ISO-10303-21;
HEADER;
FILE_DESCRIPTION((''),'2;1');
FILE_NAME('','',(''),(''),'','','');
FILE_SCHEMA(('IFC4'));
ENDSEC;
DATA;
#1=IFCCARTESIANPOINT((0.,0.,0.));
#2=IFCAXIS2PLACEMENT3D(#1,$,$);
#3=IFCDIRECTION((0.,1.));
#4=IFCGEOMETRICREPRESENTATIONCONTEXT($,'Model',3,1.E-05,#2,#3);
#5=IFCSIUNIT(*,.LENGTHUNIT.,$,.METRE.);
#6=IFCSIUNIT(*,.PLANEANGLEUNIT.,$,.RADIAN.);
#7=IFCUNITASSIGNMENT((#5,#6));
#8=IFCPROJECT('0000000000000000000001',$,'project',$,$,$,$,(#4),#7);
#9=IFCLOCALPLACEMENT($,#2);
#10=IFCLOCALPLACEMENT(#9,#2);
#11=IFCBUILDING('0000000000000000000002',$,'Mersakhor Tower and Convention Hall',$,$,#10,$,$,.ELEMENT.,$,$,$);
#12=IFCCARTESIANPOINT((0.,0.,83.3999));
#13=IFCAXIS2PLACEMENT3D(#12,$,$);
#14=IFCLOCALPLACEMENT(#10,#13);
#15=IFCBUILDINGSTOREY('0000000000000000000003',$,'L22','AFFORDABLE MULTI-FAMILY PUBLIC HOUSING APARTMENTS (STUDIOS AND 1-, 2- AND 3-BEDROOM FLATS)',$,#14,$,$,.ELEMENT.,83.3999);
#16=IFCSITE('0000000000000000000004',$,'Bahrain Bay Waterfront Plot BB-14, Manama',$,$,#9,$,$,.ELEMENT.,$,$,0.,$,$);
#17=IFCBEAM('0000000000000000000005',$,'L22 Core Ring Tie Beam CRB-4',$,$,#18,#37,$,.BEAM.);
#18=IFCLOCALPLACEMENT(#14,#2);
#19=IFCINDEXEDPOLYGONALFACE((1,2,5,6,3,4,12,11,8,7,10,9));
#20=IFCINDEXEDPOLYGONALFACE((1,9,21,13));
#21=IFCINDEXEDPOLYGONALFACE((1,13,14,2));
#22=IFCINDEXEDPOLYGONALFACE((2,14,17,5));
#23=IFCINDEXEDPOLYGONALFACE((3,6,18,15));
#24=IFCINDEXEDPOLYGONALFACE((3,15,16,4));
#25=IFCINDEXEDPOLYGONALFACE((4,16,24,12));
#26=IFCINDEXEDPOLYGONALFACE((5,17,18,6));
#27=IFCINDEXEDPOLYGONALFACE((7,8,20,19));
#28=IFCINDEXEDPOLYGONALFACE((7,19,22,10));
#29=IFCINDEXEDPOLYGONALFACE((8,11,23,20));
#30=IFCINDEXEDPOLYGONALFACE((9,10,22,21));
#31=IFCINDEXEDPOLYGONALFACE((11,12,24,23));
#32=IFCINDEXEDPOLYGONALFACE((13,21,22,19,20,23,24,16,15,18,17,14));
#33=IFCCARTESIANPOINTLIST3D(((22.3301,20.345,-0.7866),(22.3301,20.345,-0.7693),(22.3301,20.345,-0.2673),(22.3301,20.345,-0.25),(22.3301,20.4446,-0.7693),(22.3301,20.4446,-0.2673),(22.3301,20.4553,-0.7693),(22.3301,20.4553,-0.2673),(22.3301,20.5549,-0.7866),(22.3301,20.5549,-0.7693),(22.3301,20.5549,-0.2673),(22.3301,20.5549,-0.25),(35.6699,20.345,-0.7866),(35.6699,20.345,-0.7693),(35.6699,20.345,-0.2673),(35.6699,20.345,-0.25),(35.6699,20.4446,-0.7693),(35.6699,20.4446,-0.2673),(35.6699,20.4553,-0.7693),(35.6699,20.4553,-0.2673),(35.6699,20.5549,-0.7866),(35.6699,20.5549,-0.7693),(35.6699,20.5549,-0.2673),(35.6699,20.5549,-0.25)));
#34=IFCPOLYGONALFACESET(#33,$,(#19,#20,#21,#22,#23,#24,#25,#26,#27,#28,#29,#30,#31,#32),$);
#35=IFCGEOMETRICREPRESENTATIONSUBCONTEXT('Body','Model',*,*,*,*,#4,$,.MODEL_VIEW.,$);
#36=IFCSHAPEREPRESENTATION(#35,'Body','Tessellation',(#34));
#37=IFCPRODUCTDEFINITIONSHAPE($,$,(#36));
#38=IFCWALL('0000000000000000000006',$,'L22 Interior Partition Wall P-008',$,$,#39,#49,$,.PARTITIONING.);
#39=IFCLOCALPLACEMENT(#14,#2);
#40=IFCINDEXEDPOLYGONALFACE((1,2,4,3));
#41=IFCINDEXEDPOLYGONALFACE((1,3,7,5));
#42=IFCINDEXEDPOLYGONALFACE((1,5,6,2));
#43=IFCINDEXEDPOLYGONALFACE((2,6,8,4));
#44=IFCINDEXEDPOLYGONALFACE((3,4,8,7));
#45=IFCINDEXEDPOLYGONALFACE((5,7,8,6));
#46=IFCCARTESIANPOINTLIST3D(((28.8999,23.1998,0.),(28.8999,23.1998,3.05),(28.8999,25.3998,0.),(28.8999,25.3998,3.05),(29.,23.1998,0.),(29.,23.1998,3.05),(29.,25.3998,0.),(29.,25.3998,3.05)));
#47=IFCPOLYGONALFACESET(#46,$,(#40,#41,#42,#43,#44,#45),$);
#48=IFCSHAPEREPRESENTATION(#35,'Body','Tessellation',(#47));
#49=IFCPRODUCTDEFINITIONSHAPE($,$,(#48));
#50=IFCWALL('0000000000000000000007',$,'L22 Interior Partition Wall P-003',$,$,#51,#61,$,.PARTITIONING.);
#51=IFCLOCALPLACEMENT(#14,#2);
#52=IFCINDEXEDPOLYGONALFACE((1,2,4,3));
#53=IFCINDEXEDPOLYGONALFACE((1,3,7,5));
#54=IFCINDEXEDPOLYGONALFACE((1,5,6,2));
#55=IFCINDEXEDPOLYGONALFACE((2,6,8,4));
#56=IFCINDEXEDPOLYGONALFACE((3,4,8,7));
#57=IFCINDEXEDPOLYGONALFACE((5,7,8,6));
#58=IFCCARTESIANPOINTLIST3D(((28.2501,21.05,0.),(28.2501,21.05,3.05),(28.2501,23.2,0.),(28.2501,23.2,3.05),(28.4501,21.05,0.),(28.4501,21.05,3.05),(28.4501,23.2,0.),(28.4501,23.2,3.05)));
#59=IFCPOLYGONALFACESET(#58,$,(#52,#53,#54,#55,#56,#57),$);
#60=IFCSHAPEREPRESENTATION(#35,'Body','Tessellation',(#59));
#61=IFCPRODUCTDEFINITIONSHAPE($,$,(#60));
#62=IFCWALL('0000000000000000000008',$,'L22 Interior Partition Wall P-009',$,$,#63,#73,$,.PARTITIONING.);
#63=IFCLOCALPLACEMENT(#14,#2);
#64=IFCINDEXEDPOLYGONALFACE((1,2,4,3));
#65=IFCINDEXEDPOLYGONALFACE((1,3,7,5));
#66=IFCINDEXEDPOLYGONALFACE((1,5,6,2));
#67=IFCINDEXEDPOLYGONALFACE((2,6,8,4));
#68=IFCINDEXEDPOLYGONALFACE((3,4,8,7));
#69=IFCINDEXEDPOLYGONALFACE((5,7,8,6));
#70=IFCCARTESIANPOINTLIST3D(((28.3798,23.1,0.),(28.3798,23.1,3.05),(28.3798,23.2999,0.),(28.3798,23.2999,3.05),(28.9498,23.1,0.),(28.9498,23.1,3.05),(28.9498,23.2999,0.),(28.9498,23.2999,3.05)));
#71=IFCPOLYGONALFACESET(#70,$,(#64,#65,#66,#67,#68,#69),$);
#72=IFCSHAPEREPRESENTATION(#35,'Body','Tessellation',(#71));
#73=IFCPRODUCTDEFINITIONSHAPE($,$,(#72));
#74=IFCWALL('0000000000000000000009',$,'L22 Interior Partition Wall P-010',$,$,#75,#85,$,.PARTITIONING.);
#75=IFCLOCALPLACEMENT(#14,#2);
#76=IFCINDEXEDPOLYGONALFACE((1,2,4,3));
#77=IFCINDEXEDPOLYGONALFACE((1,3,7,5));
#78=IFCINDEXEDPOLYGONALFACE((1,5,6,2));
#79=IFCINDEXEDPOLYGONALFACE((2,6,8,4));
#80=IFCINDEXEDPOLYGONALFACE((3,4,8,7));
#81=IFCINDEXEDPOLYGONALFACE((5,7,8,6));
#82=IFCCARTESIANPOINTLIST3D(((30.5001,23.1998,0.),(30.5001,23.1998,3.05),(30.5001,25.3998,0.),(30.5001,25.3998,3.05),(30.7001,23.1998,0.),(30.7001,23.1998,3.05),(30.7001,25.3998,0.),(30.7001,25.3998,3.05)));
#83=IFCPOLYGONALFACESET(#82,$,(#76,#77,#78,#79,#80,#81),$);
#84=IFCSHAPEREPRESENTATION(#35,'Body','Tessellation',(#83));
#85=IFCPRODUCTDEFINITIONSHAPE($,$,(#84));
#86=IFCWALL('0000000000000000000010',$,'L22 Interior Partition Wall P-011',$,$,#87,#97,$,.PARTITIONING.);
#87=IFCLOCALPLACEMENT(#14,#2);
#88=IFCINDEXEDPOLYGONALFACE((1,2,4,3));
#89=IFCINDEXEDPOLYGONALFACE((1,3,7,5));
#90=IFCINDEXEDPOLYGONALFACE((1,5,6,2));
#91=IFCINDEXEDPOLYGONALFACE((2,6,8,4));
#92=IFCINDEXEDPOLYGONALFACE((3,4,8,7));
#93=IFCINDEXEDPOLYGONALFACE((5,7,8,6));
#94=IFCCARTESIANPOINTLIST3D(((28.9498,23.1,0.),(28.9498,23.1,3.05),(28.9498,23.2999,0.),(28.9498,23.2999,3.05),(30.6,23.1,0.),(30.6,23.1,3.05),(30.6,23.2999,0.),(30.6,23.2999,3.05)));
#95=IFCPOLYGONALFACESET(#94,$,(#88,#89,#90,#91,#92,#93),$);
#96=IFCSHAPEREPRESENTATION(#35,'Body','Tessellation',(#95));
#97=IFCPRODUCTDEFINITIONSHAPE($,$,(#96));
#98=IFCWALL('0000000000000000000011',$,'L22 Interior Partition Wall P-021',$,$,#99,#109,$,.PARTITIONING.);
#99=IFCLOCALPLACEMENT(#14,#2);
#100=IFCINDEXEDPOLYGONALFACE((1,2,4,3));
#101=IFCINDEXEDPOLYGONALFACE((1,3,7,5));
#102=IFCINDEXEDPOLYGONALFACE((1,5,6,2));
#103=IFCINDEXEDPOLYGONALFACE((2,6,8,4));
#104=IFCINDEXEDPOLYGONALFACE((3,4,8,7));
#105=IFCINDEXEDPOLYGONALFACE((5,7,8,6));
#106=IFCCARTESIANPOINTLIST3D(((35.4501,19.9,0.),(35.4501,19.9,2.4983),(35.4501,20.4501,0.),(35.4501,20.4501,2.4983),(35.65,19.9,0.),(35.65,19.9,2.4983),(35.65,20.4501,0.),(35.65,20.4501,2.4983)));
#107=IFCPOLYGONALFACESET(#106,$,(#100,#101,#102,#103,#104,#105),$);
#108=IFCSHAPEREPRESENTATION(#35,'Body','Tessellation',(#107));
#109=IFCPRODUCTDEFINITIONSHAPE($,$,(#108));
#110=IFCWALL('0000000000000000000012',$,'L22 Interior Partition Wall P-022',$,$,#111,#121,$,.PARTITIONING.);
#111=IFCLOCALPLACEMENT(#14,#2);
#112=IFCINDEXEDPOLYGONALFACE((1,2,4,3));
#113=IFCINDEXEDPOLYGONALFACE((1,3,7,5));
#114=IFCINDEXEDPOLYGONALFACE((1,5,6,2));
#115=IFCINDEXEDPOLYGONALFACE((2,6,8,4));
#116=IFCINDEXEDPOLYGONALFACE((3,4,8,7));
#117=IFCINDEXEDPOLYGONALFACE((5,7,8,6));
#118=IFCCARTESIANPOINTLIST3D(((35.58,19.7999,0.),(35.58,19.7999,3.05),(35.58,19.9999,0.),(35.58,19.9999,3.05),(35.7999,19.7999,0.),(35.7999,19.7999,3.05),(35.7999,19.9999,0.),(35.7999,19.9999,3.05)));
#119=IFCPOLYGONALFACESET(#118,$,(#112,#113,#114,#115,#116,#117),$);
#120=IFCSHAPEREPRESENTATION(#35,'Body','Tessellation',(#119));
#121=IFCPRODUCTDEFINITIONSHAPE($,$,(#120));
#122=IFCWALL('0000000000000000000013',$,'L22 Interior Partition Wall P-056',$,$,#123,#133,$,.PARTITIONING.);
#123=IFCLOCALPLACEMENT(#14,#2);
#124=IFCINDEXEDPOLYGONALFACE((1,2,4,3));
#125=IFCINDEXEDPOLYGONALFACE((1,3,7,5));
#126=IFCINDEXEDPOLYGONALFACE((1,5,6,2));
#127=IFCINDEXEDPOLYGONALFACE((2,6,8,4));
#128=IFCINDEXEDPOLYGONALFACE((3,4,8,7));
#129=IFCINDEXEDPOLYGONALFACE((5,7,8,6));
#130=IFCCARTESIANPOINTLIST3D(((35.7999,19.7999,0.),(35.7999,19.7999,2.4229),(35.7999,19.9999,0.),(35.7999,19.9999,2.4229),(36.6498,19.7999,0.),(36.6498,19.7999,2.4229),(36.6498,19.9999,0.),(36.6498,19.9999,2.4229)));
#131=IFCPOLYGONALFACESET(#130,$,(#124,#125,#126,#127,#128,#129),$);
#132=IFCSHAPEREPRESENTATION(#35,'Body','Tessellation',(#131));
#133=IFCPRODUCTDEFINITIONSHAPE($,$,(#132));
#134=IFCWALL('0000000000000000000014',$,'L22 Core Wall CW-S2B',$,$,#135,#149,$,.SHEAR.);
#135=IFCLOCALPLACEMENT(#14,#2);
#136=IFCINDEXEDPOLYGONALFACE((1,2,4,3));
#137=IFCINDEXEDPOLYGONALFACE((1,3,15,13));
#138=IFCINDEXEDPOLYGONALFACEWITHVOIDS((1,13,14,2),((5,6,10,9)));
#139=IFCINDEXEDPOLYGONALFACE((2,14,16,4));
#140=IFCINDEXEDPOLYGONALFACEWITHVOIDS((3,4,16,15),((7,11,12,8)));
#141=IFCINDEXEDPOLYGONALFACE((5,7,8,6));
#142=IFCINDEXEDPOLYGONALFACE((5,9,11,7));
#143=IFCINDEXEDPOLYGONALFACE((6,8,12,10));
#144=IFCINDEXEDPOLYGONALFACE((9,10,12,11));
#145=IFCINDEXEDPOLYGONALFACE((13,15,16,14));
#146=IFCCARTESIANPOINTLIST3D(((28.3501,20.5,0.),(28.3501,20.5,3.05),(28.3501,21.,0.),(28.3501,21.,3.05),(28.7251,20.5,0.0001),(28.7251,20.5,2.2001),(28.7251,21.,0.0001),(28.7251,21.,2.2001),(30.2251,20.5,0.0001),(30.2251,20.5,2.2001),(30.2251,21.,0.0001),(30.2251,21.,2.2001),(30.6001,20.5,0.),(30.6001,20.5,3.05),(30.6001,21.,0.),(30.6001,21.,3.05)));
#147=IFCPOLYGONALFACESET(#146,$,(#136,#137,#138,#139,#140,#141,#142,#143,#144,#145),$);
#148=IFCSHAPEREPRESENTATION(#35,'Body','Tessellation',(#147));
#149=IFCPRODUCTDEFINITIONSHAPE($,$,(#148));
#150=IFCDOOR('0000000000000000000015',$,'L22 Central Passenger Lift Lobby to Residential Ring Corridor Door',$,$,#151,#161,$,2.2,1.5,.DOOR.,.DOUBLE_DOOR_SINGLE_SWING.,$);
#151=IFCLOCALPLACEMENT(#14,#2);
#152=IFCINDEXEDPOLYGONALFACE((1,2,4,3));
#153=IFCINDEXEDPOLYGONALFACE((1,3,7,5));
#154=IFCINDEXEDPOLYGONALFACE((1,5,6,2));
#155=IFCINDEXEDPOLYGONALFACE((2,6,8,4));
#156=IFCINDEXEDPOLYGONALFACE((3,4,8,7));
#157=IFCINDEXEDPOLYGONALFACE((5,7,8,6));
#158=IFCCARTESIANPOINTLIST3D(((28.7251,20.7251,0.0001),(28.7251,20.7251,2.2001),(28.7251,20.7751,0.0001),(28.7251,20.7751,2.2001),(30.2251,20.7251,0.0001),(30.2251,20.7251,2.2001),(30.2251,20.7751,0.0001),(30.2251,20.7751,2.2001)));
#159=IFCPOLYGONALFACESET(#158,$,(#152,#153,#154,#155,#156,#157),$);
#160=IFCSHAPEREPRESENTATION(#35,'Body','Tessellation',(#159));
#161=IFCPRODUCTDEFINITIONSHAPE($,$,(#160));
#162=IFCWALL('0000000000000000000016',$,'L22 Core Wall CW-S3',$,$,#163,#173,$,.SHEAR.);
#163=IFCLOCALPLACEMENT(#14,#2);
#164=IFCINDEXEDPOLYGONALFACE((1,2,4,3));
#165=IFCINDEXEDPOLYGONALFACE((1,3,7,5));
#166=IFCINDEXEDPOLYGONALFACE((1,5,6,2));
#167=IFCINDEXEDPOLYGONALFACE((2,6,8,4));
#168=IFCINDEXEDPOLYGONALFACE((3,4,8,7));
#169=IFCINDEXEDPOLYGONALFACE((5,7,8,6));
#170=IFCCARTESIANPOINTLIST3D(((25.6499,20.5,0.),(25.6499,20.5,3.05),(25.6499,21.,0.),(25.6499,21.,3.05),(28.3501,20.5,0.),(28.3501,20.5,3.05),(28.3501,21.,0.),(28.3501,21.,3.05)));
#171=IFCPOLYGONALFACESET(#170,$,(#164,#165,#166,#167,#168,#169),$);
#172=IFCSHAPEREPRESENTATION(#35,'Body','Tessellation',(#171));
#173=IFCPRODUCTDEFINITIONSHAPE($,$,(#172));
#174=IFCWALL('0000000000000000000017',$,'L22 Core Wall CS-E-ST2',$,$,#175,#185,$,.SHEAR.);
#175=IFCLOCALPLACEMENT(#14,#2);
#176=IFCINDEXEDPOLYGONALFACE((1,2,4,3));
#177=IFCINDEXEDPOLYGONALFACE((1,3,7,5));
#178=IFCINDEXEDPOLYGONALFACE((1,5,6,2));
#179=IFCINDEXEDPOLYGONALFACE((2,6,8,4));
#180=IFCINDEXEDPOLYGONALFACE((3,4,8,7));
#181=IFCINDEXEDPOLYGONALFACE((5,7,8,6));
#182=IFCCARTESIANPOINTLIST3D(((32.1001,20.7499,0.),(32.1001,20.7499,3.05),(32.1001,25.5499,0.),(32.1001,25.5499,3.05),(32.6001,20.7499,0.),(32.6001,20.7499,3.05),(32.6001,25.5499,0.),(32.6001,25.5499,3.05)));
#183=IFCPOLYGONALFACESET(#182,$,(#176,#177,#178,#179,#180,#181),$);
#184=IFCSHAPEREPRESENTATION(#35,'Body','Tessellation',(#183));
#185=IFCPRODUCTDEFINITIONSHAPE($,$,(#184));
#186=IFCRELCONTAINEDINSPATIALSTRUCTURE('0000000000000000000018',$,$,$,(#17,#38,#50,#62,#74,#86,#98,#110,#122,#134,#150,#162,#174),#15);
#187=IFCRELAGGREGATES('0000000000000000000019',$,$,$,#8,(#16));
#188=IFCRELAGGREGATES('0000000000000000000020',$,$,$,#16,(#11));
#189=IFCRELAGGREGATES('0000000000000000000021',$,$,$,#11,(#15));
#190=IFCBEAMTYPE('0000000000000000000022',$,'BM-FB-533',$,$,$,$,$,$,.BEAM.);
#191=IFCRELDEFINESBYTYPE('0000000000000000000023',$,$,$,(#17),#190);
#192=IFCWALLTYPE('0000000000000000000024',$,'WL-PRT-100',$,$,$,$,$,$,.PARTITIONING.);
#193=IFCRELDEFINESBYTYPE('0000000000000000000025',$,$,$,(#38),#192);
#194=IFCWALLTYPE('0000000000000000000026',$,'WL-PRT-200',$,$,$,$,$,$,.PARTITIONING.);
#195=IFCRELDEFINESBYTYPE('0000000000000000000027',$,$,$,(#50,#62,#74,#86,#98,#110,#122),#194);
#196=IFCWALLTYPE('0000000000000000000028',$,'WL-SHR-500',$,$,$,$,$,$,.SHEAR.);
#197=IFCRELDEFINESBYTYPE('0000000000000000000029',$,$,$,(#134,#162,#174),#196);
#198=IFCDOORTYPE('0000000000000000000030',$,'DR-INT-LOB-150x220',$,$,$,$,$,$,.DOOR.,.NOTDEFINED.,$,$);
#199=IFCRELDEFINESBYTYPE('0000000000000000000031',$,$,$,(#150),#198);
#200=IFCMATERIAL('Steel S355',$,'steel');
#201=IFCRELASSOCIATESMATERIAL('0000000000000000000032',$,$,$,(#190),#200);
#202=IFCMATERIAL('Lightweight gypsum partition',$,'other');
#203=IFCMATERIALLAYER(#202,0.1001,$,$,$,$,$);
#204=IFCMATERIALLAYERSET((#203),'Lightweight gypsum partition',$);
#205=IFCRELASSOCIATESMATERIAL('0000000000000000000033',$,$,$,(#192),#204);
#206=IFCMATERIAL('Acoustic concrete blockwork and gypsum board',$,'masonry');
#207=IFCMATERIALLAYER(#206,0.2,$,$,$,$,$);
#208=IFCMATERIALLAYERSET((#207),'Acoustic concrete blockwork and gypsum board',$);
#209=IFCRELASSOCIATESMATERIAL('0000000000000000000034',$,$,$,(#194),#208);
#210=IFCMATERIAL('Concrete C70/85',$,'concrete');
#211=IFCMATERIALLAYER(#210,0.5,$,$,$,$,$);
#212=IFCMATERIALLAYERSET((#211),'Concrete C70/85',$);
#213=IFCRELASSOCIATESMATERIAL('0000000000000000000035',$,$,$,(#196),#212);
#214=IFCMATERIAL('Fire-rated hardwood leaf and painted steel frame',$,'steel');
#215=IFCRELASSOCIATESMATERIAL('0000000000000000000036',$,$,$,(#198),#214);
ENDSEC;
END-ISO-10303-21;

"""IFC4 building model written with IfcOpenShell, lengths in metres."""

from ifc_helpers import new_model, si_unit, direction, frame, frame_2d, origin, origin_2d, place, context, subcontext, project, spatial, rectangle, i_section, extrude, material, layer, layer_set, material_profile, profile_set, type_object, element, fill, save


model = new_model("IFC4")

# Units and contexts
model_context = context("Model", 3, precision=1e-05, world=origin(), true_north=direction((0.0, 1.0)))
body_context = subcontext(model_context, "Body", "Model", "MODEL_VIEW")
ifc_project = project(units=[si_unit("LENGTHUNIT", "METRE"), si_unit("PLANEANGLEUNIT", "RADIAN")], contexts=[model_context])

# Site, building, storey
site_placement = place(None, origin())
site = spatial("IfcSite", under=ifc_project, at=site_placement, Name="Bahrain Bay Waterfront Plot BB-14, Manama", CompositionType="ELEMENT", RefElevation=0.0)
building_placement = place(site_placement, origin())
building = spatial("IfcBuilding", under=site, at=building_placement, Name="Mersakhor Tower and Convention Hall", CompositionType="ELEMENT")
storey_placement = place(building_placement, frame((0.0, 0.0, 83.3999)))
storey = spatial("IfcBuildingStorey", under=building, at=storey_placement, Name="L22", Description="AFFORDABLE MULTI-FAMILY PUBLIC HOUSING APARTMENTS (STUDIOS AND 1-, 2- AND 3-BEDROOM FLATS)", CompositionType="ELEMENT", Elevation=83.3999)

# Beam
ifc_material_1 = material(Name="Steel S355", Category="steel")
ifc_material_profile = material_profile(ifc_material_1, i_section(OverallWidth=0.21, OverallDepth=0.5366, WebThickness=0.0107, FlangeThickness=0.0173, at=origin_2d()), Name="UB 533x210x101")
ifc_profile_set = profile_set([ifc_material_profile], Name="Steel S355")
beam_type = type_object("IfcBeamType", Name="BM-FB-533", PredefinedType="BEAM", material=ifc_profile_set)
beam_placement = place(storey_placement, frame((35.6699, 20.45, -0.5183), z_axis=(-1.0, 0.0, 0.0), x_axis=(0.0, -1.0, 0.0)))
element("IfcBeam", 1, at=beam_placement, inside=storey, type_object=beam_type, Name="L22 Core Ring Tie Beam CRB-4", PredefinedType="BEAM", context=body_context, shape_type="SweptSolid", body=[
    extrude(i_section(OverallWidth=0.21, OverallDepth=0.5366, WebThickness=0.0107, FlangeThickness=0.0173, at=origin_2d()), origin(), (0.0, 0.0, 1.0), 13.3398),
])

# Walls
ifc_material_2 = material(Name="Lightweight gypsum partition", Category="other")
ifc_layer_1 = layer(ifc_material_2, 0.1001)
ifc_layer_set_1 = layer_set([ifc_layer_1], Name="Lightweight gypsum partition")
wall_type_1 = type_object("IfcWallType", Name="WL-PRT-100", PredefinedType="PARTITIONING", material=ifc_layer_set_1)
wall_1_placement = place(storey_placement, frame((28.95, 25.3999, 0.0), z_axis=(0.0, 0.0, 1.0), x_axis=(0.0, -1.0, 0.0)))
element("IfcWall", 2, at=wall_1_placement, inside=storey, type_object=wall_type_1, Name="L22 Interior Partition Wall P-008", PredefinedType="PARTITIONING", context=body_context, shape_type="SweptSolid", body=[
    extrude(rectangle(XDim=2.2, YDim=0.1001, at=frame_2d((1.1001, 0.0))), origin(), (0.0, 0.0, 1.0), 3.05),
])
ifc_material_3 = material(Name="Acoustic concrete blockwork and gypsum board", Category="masonry")
ifc_layer_2 = layer(ifc_material_3, 0.2)
ifc_layer_set_2 = layer_set([ifc_layer_2], Name="Acoustic concrete blockwork and gypsum board")
wall_type_2 = type_object("IfcWallType", Name="WL-PRT-200", PredefinedType="PARTITIONING", material=ifc_layer_set_2)
wall_2_placement = place(storey_placement, frame((28.3501, 23.2, 0.0), z_axis=(0.0, 0.0, 1.0), x_axis=(0.0, -1.0, 0.0)))
element("IfcWall", 3, at=wall_2_placement, inside=storey, type_object=wall_type_2, Name="L22 Interior Partition Wall P-003", PredefinedType="PARTITIONING", context=body_context, shape_type="SweptSolid", body=[
    extrude(rectangle(XDim=2.1499, YDim=0.2, at=frame_2d((1.075, 0.0))), origin(), (0.0, 0.0, 1.0), 3.05),
])
wall_3_placement = place(storey_placement, frame((28.95, 23.2, 0.0), z_axis=(0.0, 0.0, 1.0), x_axis=(-1.0, 0.0, 0.0)))
element("IfcWall", 4, at=wall_3_placement, inside=storey, type_object=wall_type_2, Name="L22 Interior Partition Wall P-009", PredefinedType="PARTITIONING", context=body_context, shape_type="SweptSolid", body=[
    extrude(rectangle(XDim=0.5701, YDim=0.2, at=frame_2d((0.2852, 0.0))), origin(), (0.0, 0.0, 1.0), 3.05),
])
wall_4_placement = place(storey_placement, frame((30.6001, 25.3999, 0.0), z_axis=(0.0, 0.0, 1.0), x_axis=(0.0, -1.0, 0.0)))
element("IfcWall", 5, at=wall_4_placement, inside=storey, type_object=wall_type_2, Name="L22 Interior Partition Wall P-010", PredefinedType="PARTITIONING", context=body_context, shape_type="SweptSolid", body=[
    extrude(rectangle(XDim=2.2, YDim=0.2, at=frame_2d((1.1001, 0.0))), origin(), (0.0, 0.0, 1.0), 3.05),
])
wall_5_placement = place(storey_placement, frame((30.6001, 23.2, 0.0), z_axis=(0.0, 0.0, 1.0), x_axis=(-1.0, 0.0, 0.0)))
element("IfcWall", 6, at=wall_5_placement, inside=storey, type_object=wall_type_2, Name="L22 Interior Partition Wall P-011", PredefinedType="PARTITIONING", context=body_context, shape_type="SweptSolid", body=[
    extrude(rectangle(XDim=1.6501, YDim=0.2, at=frame_2d((0.8252, 0.0))), origin(), (0.0, 0.0, 1.0), 3.05),
])
wall_6_placement = place(storey_placement, frame((35.55, 20.45, 0.0), z_axis=(0.0, 0.0, 1.0), x_axis=(0.0, -1.0, 0.0)))
element("IfcWall", 7, at=wall_6_placement, inside=storey, type_object=wall_type_2, Name="L22 Interior Partition Wall P-021", PredefinedType="PARTITIONING", context=body_context, shape_type="SweptSolid", body=[
    extrude(rectangle(XDim=0.55, YDim=0.2, at=frame_2d((0.2749, 0.0))), origin(), (0.0, 0.0, 1.0), 2.4983),
])
wall_7_placement = place(storey_placement, frame((35.5801, 19.8999, 0.0), z_axis=(0.0, 0.0, 1.0), x_axis=(1.0, 0.0, 0.0)))
element("IfcWall", 8, at=wall_7_placement, inside=storey, type_object=wall_type_2, Name="L22 Interior Partition Wall P-022", PredefinedType="PARTITIONING", context=body_context, shape_type="SweptSolid", body=[
    extrude(rectangle(XDim=0.22, YDim=0.2, at=frame_2d((0.1099, 0.0))), origin(), (0.0, 0.0, 1.0), 3.05),
])

# Wall
wall_8_placement = place(storey_placement, frame((35.8, 19.8999, 0.0), z_axis=(0.0, 0.0, 1.0), x_axis=(1.0, 0.0, 0.0)))
element("IfcWall", 9, at=wall_8_placement, inside=storey, type_object=wall_type_2, Name="L22 Interior Partition Wall P-056", PredefinedType="PARTITIONING", context=body_context, shape_type="SweptSolid", body=[
    extrude(rectangle(XDim=0.8499, YDim=0.2, at=frame_2d((0.4248, 0.0))), origin(), (0.0, 0.0, 1.0), 2.4229),
])

# Wall, opening, door
ifc_material_4 = material(Name="Concrete C70/85", Category="concrete")
ifc_layer_3 = layer(ifc_material_4, 0.5)
ifc_layer_set_3 = layer_set([ifc_layer_3], Name="Concrete C70/85")
wall_type_3 = type_object("IfcWallType", Name="WL-SHR-500", PredefinedType="SHEAR", material=ifc_layer_set_3)
wall_9_placement = place(storey_placement, frame((30.6001, 20.75, 0.0), z_axis=(0.0, 0.0, 1.0), x_axis=(-1.0, 0.0, 0.0)))
wall_9 = element("IfcWall", 10, at=wall_9_placement, inside=storey, type_object=wall_type_3, Name="L22 Core Wall CW-S2B", PredefinedType="SHEAR", context=body_context, shape_type="SweptSolid", body=[
    extrude(rectangle(XDim=2.25, YDim=0.5, at=frame_2d((1.125, 0.0))), origin(), (0.0, 0.0, 1.0), 3.05),
])
opening_1_placement = place(wall_9_placement, frame((0.375, 0.0, 0.0)))
opening_1 = element("IfcOpeningElement", 11, at=opening_1_placement, cuts=wall_9, PredefinedType="OPENING", context=body_context, shape_type="SweptSolid", body=[
    extrude(rectangle(XDim=1.5, YDim=2.2, at=frame_2d((0.75, 1.1001))), frame((0.0, 0.26, 0.0), z_axis=(0.0, -1.0, 0.0), x_axis=(1.0, 0.0, 0.0)), (0.0, 0.0, 1.0), 0.52),
])
ifc_material_5 = material(Name="Fire-rated hardwood leaf and painted steel frame", Category="steel")
door_type_1 = type_object("IfcDoorType", Name="DR-INT-LOB-150x220", OperationType="NOTDEFINED", PredefinedType="DOOR", material=ifc_material_5)
door_1_placement = place(opening_1_placement, origin())
door_1 = element("IfcDoor", 12, at=door_1_placement, inside=storey, type_object=door_type_1, Name="L22 Central Passenger Lift Lobby to Residential Ring Corridor Door", OperationType="DOUBLE_DOOR_SINGLE_SWING", OverallHeight=2.2, OverallWidth=1.5, PredefinedType="DOOR", context=body_context, shape_type="SweptSolid", body=[
    extrude(rectangle(XDim=1.5, YDim=2.2, at=frame_2d((0.75, 1.1001))), frame((0.0, 0.0249, 0.0), z_axis=(0.0, -1.0, 0.0), x_axis=(1.0, 0.0, 0.0)), (0.0, 0.0, 1.0), 0.05),
])
fill(opening_1, door_1)

# Walls
wall_10_placement = place(storey_placement, frame((28.3501, 20.75, 0.0), z_axis=(0.0, 0.0, 1.0), x_axis=(-1.0, 0.0, 0.0)))
element("IfcWall", 13, at=wall_10_placement, inside=storey, type_object=wall_type_3, Name="L22 Core Wall CW-S3", PredefinedType="SHEAR", context=body_context, shape_type="SweptSolid", body=[
    extrude(rectangle(XDim=2.7002, YDim=0.5, at=frame_2d((1.3501, 0.0))), origin(), (0.0, 0.0, 1.0), 3.05),
])
wall_11_placement = place(storey_placement, frame((32.3501, 20.75, 0.0), z_axis=(0.0, 0.0, 1.0), x_axis=(0.0, 1.0, 0.0)))
element("IfcWall", 14, at=wall_11_placement, inside=storey, type_object=wall_type_3, Name="L22 Core Wall CS-E-ST2", PredefinedType="SHEAR", context=body_context, shape_type="SweptSolid", body=[
    extrude(rectangle(XDim=4.8, YDim=0.5, at=frame_2d((2.3999, 0.0))), origin(), (0.0, 0.0, 1.0), 3.05),
])

save(model, "model.ifc")
